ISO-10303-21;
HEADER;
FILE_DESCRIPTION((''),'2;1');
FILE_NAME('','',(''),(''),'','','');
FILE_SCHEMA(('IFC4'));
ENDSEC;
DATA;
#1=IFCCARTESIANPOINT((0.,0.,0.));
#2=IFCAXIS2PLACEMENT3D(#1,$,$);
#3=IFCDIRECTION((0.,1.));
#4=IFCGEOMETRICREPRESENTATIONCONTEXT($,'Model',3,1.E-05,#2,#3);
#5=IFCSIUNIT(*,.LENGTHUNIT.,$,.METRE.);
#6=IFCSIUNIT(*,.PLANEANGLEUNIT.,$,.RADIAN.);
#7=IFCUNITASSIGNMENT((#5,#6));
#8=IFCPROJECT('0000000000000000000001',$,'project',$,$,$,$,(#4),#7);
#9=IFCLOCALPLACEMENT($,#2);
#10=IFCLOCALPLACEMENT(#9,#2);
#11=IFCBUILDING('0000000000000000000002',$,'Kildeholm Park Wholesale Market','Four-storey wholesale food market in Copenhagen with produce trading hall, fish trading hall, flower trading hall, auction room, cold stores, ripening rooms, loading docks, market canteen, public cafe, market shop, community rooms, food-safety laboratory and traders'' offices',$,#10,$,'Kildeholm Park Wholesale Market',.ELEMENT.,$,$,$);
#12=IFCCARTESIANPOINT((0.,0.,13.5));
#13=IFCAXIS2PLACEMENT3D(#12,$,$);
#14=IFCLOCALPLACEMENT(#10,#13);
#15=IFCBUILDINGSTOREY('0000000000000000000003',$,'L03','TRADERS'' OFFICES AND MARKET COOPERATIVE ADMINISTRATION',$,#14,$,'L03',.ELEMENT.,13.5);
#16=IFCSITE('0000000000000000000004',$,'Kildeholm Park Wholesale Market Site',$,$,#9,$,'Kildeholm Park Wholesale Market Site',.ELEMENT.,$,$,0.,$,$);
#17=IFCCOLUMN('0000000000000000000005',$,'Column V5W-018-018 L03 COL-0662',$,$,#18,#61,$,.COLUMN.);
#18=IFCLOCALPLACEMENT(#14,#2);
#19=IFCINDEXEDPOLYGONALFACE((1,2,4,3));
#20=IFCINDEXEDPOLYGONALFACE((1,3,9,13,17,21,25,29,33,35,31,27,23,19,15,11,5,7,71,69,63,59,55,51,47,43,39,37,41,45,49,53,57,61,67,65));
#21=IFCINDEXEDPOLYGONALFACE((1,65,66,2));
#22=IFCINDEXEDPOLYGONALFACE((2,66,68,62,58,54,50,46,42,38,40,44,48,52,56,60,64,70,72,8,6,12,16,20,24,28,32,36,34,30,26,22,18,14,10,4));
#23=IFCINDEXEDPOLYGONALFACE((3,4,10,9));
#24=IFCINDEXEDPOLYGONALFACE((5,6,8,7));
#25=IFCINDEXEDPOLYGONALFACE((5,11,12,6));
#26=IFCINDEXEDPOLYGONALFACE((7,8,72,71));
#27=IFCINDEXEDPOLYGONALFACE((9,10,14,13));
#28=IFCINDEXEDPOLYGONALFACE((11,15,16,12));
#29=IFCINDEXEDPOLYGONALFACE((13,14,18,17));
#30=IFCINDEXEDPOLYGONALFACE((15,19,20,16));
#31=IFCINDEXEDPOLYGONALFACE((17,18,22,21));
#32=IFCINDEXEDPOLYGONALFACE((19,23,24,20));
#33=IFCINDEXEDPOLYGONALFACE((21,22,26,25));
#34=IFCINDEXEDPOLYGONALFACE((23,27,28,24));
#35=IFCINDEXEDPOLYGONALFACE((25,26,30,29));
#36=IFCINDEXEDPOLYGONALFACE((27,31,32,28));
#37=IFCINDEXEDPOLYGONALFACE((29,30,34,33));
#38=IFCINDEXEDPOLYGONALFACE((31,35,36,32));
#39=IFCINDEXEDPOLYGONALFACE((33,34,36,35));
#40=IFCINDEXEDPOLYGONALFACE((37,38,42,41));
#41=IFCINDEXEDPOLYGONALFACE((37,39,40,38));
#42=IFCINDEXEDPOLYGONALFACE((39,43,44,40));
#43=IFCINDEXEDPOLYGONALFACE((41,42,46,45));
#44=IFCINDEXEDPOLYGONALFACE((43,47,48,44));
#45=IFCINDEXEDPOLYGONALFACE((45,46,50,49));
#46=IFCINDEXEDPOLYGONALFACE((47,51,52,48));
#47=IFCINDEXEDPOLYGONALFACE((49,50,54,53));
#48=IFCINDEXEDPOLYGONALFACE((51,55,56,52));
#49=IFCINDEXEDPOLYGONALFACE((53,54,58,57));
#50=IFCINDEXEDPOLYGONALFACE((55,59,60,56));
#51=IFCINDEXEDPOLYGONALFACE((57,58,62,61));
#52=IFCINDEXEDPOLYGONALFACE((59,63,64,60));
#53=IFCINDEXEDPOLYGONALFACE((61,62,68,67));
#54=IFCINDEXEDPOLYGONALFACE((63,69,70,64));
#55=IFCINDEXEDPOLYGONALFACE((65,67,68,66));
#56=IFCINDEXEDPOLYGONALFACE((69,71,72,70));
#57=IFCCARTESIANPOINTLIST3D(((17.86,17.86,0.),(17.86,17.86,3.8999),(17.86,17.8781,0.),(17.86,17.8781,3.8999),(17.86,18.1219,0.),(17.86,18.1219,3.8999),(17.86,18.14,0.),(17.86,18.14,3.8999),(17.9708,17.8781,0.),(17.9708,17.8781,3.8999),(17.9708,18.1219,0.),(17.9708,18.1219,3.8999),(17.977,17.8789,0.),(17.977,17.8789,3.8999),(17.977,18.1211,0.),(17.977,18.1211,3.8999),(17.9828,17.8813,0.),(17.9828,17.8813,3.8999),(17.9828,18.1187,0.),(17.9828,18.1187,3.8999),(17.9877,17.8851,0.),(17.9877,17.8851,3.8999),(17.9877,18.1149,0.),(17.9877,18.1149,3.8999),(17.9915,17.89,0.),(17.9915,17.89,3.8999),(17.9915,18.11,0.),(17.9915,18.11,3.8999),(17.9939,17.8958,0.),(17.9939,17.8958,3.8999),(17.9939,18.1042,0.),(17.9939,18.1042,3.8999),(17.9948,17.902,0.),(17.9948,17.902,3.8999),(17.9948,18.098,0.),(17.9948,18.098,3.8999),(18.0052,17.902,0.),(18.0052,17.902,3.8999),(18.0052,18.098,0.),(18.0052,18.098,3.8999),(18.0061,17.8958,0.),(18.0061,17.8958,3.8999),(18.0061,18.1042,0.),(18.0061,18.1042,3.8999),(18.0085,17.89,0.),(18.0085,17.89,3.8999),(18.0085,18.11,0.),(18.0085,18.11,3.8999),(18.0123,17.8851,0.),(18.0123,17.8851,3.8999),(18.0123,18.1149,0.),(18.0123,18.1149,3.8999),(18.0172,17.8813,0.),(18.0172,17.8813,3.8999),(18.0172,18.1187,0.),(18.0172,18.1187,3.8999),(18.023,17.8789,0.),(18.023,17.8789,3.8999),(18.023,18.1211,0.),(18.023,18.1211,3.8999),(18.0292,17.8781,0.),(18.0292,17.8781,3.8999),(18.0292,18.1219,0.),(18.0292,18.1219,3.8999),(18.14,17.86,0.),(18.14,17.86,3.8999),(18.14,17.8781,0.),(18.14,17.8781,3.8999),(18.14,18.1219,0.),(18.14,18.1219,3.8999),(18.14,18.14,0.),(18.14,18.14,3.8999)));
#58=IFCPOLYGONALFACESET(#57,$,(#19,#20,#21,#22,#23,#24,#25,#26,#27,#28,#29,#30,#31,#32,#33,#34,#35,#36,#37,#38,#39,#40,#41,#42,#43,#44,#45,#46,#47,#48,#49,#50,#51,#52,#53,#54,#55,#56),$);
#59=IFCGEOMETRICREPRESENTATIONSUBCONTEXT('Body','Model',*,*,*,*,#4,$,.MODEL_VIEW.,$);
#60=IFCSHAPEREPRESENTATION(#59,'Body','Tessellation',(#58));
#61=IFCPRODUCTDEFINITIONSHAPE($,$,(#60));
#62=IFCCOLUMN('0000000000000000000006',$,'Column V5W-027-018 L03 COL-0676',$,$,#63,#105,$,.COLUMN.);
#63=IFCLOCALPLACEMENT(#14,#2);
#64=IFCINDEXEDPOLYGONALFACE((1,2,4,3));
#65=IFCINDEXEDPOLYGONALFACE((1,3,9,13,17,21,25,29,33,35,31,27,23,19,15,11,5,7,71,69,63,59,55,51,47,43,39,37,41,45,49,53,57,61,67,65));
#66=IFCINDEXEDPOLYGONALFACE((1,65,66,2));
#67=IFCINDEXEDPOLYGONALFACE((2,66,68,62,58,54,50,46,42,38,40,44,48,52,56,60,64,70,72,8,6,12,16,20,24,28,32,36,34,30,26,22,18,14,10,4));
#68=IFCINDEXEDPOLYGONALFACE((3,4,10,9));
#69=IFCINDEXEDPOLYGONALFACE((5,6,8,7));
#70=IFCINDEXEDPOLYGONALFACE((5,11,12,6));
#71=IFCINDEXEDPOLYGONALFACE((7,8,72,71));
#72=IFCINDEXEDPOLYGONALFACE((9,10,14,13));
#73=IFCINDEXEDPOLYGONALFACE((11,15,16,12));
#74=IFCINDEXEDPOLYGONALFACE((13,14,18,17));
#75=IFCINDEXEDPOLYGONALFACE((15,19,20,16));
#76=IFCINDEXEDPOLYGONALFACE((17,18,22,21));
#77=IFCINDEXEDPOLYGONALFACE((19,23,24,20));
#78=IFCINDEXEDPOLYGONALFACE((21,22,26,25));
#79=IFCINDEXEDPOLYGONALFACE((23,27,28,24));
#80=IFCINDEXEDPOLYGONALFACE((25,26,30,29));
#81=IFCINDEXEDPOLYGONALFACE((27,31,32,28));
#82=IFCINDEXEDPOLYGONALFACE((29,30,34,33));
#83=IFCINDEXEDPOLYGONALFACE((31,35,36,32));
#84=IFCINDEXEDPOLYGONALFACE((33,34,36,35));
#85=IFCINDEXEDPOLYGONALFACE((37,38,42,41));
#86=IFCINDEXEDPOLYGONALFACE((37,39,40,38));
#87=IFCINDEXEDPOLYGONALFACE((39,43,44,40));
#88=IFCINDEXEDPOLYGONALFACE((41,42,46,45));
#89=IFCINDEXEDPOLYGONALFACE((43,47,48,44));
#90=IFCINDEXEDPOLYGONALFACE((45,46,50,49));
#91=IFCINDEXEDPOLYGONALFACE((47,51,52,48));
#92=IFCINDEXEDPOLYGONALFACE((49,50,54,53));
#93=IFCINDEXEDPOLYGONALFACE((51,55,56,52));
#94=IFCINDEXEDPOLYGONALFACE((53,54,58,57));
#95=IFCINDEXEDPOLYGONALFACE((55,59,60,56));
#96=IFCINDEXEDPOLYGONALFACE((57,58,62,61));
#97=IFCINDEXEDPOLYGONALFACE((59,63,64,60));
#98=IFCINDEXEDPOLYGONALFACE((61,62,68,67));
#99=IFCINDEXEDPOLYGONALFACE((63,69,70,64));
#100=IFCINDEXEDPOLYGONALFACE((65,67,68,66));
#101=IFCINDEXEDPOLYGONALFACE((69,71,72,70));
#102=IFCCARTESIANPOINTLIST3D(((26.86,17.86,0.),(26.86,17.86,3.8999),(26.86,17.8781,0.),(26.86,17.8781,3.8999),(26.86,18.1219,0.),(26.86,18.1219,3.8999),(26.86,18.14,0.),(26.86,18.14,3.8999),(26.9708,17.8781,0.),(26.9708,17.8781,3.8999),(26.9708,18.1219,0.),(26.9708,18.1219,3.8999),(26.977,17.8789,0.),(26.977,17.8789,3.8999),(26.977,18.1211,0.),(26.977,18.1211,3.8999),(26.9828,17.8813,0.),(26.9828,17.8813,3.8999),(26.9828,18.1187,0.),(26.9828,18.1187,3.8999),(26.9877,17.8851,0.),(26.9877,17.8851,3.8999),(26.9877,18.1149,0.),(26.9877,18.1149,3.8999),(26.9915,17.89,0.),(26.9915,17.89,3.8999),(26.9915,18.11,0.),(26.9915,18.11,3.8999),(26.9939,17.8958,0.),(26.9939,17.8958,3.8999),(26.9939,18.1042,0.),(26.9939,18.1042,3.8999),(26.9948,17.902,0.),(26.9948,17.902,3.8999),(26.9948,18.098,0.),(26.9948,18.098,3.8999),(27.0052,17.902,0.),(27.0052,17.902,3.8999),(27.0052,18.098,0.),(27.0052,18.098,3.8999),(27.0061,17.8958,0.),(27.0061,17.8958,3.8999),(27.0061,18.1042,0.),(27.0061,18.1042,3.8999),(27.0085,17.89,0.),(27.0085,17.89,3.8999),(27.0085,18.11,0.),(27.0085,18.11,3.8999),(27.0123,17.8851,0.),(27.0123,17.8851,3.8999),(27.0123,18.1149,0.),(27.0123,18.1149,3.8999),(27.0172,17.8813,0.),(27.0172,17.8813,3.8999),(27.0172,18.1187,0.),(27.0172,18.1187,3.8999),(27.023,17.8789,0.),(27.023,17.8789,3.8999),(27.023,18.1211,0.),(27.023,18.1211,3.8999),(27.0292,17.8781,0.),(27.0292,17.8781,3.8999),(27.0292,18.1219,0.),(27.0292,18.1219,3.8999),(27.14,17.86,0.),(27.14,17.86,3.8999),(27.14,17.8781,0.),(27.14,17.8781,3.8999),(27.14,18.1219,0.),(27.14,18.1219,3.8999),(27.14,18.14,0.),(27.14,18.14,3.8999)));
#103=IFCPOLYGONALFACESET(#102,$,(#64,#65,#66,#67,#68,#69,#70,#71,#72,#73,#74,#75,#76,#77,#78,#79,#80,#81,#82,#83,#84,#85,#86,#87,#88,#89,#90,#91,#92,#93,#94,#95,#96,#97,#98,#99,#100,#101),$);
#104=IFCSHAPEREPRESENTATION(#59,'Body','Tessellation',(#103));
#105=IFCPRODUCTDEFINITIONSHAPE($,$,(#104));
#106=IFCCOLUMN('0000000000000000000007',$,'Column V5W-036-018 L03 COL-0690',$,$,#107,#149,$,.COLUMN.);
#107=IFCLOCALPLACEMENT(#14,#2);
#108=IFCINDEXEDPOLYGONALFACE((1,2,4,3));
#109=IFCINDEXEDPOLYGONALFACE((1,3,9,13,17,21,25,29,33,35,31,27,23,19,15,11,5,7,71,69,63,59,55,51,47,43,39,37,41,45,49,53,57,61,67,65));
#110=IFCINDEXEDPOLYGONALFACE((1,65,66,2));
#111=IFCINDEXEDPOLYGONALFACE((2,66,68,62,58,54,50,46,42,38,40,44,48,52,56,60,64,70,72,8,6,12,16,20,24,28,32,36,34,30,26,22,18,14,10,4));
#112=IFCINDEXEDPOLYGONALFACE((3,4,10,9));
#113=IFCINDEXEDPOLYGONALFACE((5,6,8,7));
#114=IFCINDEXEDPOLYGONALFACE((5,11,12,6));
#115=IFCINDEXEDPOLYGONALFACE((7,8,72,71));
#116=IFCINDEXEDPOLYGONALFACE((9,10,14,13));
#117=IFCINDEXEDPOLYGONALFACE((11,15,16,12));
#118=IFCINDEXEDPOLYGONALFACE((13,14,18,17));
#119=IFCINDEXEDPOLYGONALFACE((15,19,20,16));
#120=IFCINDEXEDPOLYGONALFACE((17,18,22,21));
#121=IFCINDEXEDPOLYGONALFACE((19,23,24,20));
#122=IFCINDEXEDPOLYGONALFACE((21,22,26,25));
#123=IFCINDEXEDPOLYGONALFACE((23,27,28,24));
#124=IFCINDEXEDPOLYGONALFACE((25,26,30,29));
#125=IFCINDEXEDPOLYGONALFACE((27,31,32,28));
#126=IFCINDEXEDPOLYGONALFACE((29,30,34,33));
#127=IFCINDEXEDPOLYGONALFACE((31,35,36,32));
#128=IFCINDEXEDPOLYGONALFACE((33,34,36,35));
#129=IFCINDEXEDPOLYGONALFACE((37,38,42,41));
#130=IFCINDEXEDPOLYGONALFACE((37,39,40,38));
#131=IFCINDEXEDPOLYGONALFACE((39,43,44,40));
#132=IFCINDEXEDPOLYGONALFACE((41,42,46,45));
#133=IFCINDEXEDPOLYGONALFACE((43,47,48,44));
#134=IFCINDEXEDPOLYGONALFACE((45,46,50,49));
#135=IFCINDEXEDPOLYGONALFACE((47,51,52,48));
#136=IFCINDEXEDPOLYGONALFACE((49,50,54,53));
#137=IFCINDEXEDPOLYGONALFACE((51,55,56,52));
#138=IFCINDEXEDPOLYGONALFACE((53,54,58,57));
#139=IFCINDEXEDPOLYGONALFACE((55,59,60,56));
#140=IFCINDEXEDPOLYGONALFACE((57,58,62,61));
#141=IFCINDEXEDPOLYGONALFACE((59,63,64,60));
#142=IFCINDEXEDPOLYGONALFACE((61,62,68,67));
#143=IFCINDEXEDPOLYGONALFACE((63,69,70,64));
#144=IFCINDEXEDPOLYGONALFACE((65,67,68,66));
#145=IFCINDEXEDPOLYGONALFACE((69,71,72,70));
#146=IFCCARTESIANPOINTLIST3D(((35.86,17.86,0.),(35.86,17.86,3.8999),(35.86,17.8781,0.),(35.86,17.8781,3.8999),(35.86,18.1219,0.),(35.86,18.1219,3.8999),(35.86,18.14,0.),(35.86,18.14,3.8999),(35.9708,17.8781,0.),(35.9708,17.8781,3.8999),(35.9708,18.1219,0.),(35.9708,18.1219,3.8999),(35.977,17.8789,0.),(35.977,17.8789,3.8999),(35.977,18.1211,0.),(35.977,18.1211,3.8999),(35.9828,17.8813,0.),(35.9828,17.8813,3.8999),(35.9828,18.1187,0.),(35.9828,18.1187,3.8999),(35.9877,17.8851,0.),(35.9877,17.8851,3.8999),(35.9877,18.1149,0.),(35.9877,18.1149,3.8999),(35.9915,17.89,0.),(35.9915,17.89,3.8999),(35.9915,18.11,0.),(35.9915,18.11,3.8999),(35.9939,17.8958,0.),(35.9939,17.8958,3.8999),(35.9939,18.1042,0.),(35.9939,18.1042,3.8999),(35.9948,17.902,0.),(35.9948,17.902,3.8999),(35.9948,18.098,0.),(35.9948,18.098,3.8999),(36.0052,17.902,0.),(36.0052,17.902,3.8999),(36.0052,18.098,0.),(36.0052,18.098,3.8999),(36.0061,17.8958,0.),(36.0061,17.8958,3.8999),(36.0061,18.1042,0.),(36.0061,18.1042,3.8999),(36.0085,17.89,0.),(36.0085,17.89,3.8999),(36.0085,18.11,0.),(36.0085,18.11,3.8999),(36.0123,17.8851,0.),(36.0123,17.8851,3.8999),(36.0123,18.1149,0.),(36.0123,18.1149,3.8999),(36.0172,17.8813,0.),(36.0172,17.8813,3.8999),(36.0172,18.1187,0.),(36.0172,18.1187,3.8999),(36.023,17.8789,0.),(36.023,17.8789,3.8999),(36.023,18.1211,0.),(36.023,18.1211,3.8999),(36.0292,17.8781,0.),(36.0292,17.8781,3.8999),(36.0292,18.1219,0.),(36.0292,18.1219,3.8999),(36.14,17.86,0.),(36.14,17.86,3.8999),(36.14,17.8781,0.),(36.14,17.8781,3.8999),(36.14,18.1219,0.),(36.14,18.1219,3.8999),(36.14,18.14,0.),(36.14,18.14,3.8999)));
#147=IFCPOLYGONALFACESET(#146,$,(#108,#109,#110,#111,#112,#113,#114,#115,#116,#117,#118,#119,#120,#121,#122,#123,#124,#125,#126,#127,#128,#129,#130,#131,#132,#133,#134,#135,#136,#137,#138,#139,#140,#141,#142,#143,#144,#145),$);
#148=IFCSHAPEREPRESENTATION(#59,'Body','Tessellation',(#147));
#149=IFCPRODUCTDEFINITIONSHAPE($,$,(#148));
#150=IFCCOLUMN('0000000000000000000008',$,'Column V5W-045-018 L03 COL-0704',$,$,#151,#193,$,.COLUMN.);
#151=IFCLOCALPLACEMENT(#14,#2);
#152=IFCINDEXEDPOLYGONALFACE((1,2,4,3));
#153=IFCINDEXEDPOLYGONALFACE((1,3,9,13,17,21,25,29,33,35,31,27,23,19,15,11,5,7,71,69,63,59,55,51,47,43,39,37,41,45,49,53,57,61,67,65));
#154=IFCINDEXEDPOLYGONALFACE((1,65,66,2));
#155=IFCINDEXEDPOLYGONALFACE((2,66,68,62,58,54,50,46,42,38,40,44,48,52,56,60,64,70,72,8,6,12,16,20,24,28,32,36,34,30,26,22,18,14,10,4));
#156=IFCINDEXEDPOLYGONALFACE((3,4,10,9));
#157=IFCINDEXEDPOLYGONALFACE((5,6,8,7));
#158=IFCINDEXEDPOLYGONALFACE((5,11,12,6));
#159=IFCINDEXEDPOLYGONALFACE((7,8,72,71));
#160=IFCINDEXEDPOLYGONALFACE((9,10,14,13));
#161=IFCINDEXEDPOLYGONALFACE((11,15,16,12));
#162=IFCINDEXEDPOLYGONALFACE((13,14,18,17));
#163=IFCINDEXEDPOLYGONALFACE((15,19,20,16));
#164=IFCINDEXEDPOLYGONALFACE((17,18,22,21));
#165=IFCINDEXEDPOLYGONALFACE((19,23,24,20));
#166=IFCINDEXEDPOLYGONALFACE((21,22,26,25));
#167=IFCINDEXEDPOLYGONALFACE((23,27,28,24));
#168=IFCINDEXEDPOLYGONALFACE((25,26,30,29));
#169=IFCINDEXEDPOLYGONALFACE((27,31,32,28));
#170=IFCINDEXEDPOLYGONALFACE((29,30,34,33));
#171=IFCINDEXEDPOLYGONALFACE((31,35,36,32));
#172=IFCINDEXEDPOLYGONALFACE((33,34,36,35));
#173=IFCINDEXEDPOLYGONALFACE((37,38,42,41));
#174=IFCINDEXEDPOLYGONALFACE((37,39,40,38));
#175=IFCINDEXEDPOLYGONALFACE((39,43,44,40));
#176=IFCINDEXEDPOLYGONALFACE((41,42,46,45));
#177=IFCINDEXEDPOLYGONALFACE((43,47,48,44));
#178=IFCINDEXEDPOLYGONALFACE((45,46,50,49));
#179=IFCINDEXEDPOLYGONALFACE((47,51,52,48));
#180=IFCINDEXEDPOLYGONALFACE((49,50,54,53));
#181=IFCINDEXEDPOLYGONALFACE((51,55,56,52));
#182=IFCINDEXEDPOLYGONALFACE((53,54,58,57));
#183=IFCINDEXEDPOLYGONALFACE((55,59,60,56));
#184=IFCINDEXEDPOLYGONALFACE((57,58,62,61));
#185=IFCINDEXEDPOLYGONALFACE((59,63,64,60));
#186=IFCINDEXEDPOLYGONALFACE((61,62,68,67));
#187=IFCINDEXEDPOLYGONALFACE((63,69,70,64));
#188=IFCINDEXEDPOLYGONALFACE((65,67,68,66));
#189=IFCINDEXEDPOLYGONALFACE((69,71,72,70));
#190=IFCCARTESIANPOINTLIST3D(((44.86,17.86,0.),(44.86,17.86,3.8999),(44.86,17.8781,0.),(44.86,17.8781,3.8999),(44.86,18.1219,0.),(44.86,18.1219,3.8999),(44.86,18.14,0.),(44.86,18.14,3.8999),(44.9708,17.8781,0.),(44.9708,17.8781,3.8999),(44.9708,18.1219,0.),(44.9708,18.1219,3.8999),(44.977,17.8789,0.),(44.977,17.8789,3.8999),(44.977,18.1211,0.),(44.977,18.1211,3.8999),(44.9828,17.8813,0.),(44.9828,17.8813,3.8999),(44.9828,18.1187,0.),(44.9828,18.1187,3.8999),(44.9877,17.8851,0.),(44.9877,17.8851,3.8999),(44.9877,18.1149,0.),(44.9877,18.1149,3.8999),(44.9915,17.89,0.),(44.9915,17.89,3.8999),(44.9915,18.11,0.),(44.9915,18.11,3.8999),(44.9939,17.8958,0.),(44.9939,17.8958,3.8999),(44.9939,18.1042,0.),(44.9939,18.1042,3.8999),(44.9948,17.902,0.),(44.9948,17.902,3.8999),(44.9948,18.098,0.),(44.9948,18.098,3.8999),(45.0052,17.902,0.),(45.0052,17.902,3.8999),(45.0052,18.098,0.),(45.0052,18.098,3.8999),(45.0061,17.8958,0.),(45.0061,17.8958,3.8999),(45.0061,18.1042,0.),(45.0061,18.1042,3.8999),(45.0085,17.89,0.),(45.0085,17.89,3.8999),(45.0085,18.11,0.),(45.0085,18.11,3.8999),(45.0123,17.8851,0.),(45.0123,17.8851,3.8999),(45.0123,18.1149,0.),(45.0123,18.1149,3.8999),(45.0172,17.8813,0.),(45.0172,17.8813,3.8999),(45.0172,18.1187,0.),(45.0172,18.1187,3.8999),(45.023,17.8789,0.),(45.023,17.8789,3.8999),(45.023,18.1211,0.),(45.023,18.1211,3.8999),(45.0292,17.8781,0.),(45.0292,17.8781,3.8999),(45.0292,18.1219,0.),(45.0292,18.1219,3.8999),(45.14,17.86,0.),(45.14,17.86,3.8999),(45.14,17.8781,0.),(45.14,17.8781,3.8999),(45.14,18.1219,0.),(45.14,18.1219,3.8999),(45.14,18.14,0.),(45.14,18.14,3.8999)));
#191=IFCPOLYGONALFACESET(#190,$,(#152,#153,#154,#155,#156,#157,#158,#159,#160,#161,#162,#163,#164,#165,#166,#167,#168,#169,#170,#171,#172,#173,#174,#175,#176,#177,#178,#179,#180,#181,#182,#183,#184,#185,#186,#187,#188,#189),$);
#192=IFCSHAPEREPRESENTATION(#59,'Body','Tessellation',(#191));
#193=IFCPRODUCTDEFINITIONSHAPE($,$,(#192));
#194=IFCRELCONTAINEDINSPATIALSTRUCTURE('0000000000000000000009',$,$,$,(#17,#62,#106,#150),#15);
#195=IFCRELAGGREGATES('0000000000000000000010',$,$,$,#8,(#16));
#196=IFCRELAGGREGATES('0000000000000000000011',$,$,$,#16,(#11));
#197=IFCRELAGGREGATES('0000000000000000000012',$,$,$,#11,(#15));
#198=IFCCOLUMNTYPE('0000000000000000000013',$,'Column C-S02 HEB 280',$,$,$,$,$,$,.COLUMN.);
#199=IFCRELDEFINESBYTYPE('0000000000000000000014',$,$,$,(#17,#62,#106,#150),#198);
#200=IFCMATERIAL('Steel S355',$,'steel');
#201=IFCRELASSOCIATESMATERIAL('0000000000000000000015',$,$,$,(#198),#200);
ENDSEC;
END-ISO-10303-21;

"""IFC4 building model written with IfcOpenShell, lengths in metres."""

from ifc_helpers import new_model, si_unit, direction, frame, origin, origin_2d, place, context, subcontext, project, spatial, i_section, extrude, material, material_profile, profile_set, type_object, element, save


model = new_model("IFC4")

# Units and contexts
model_context = context("Model", 3, precision=1e-05, world=origin(), true_north=direction((0.0, 1.0)))
body_context = subcontext(model_context, "Body", "Model", "MODEL_VIEW")
ifc_project = project(units=[si_unit("LENGTHUNIT", "METRE"), si_unit("PLANEANGLEUNIT", "RADIAN")], contexts=[model_context])

# Site, building, storey
site_placement = place(None, origin())
site = spatial("IfcSite", under=ifc_project, at=site_placement, Name="Kildeholm Park Wholesale Market Site", LongName="Kildeholm Park Wholesale Market Site", CompositionType="ELEMENT", RefElevation=0.0)
building_placement = place(site_placement, origin())
building = spatial("IfcBuilding", under=site, at=building_placement, Name="Kildeholm Park Wholesale Market", Description="Four-storey wholesale food market in Copenhagen with produce trading hall, fish trading hall, flower trading hall, auction room, cold stores, ripening rooms, loading docks, market canteen, public cafe, market shop, community rooms, food-safety laboratory and traders' offices", LongName="Kildeholm Park Wholesale Market", CompositionType="ELEMENT")
storey_placement = place(building_placement, frame((0.0, 0.0, 13.5)))
storey = spatial("IfcBuildingStorey", under=building, at=storey_placement, Name="L03", Description="TRADERS' OFFICES AND MARKET COOPERATIVE ADMINISTRATION", LongName="L03", CompositionType="ELEMENT", Elevation=13.5)

# Columns
ifc_material_1 = material(Name="Steel S355", Category="steel")
ifc_material_profile_1 = material_profile(ifc_material_1, i_section(OverallWidth=0.28, OverallDepth=0.28, WebThickness=0.0105, FlangeThickness=0.0181, FilletRadius=0.0239, at=origin_2d()), Name="HEB 280")
ifc_profile_set_1 = profile_set([ifc_material_profile_1], Name="Steel S355")
column_type = type_object("IfcColumnType", Name="Column C-S02 HEB 280", PredefinedType="COLUMN", material=ifc_profile_set_1)
for number, where, z_axis, x_axis, name in (
    (1, (18.0, 18.0, 0.0), (0.0, 0.0, 1.0), (1.0, 0.0, 0.0), "Column V5W-018-018 L03 COL-0662"),
    (2, (27.0, 18.0, 0.0), (0.0, 0.0, 1.0), (1.0, 0.0, 0.0), "Column V5W-027-018 L03 COL-0676"),
    (3, (36.0, 18.0, 0.0), (0.0, 0.0, 1.0), (1.0, 0.0, 0.0), "Column V5W-036-018 L03 COL-0690"),
    (4, (45.0, 18.0, 0.0), (0.0, 0.0, 1.0), (1.0, 0.0, 0.0), "Column V5W-045-018 L03 COL-0704"),
):
    element("IfcColumn", number, at=place(storey_placement, frame(where, z_axis=z_axis, x_axis=x_axis)), inside=storey, type_object=column_type, Name=name, PredefinedType="COLUMN", context=body_context, shape_type="SweptSolid", body=[
        extrude(i_section(OverallWidth=0.28, OverallDepth=0.28, WebThickness=0.0105, FlangeThickness=0.0181, FilletRadius=0.0239, at=origin_2d()), origin(), (0.0, 0.0, 1.0), 3.8999),
    ])

save(model, "model.ifc")
